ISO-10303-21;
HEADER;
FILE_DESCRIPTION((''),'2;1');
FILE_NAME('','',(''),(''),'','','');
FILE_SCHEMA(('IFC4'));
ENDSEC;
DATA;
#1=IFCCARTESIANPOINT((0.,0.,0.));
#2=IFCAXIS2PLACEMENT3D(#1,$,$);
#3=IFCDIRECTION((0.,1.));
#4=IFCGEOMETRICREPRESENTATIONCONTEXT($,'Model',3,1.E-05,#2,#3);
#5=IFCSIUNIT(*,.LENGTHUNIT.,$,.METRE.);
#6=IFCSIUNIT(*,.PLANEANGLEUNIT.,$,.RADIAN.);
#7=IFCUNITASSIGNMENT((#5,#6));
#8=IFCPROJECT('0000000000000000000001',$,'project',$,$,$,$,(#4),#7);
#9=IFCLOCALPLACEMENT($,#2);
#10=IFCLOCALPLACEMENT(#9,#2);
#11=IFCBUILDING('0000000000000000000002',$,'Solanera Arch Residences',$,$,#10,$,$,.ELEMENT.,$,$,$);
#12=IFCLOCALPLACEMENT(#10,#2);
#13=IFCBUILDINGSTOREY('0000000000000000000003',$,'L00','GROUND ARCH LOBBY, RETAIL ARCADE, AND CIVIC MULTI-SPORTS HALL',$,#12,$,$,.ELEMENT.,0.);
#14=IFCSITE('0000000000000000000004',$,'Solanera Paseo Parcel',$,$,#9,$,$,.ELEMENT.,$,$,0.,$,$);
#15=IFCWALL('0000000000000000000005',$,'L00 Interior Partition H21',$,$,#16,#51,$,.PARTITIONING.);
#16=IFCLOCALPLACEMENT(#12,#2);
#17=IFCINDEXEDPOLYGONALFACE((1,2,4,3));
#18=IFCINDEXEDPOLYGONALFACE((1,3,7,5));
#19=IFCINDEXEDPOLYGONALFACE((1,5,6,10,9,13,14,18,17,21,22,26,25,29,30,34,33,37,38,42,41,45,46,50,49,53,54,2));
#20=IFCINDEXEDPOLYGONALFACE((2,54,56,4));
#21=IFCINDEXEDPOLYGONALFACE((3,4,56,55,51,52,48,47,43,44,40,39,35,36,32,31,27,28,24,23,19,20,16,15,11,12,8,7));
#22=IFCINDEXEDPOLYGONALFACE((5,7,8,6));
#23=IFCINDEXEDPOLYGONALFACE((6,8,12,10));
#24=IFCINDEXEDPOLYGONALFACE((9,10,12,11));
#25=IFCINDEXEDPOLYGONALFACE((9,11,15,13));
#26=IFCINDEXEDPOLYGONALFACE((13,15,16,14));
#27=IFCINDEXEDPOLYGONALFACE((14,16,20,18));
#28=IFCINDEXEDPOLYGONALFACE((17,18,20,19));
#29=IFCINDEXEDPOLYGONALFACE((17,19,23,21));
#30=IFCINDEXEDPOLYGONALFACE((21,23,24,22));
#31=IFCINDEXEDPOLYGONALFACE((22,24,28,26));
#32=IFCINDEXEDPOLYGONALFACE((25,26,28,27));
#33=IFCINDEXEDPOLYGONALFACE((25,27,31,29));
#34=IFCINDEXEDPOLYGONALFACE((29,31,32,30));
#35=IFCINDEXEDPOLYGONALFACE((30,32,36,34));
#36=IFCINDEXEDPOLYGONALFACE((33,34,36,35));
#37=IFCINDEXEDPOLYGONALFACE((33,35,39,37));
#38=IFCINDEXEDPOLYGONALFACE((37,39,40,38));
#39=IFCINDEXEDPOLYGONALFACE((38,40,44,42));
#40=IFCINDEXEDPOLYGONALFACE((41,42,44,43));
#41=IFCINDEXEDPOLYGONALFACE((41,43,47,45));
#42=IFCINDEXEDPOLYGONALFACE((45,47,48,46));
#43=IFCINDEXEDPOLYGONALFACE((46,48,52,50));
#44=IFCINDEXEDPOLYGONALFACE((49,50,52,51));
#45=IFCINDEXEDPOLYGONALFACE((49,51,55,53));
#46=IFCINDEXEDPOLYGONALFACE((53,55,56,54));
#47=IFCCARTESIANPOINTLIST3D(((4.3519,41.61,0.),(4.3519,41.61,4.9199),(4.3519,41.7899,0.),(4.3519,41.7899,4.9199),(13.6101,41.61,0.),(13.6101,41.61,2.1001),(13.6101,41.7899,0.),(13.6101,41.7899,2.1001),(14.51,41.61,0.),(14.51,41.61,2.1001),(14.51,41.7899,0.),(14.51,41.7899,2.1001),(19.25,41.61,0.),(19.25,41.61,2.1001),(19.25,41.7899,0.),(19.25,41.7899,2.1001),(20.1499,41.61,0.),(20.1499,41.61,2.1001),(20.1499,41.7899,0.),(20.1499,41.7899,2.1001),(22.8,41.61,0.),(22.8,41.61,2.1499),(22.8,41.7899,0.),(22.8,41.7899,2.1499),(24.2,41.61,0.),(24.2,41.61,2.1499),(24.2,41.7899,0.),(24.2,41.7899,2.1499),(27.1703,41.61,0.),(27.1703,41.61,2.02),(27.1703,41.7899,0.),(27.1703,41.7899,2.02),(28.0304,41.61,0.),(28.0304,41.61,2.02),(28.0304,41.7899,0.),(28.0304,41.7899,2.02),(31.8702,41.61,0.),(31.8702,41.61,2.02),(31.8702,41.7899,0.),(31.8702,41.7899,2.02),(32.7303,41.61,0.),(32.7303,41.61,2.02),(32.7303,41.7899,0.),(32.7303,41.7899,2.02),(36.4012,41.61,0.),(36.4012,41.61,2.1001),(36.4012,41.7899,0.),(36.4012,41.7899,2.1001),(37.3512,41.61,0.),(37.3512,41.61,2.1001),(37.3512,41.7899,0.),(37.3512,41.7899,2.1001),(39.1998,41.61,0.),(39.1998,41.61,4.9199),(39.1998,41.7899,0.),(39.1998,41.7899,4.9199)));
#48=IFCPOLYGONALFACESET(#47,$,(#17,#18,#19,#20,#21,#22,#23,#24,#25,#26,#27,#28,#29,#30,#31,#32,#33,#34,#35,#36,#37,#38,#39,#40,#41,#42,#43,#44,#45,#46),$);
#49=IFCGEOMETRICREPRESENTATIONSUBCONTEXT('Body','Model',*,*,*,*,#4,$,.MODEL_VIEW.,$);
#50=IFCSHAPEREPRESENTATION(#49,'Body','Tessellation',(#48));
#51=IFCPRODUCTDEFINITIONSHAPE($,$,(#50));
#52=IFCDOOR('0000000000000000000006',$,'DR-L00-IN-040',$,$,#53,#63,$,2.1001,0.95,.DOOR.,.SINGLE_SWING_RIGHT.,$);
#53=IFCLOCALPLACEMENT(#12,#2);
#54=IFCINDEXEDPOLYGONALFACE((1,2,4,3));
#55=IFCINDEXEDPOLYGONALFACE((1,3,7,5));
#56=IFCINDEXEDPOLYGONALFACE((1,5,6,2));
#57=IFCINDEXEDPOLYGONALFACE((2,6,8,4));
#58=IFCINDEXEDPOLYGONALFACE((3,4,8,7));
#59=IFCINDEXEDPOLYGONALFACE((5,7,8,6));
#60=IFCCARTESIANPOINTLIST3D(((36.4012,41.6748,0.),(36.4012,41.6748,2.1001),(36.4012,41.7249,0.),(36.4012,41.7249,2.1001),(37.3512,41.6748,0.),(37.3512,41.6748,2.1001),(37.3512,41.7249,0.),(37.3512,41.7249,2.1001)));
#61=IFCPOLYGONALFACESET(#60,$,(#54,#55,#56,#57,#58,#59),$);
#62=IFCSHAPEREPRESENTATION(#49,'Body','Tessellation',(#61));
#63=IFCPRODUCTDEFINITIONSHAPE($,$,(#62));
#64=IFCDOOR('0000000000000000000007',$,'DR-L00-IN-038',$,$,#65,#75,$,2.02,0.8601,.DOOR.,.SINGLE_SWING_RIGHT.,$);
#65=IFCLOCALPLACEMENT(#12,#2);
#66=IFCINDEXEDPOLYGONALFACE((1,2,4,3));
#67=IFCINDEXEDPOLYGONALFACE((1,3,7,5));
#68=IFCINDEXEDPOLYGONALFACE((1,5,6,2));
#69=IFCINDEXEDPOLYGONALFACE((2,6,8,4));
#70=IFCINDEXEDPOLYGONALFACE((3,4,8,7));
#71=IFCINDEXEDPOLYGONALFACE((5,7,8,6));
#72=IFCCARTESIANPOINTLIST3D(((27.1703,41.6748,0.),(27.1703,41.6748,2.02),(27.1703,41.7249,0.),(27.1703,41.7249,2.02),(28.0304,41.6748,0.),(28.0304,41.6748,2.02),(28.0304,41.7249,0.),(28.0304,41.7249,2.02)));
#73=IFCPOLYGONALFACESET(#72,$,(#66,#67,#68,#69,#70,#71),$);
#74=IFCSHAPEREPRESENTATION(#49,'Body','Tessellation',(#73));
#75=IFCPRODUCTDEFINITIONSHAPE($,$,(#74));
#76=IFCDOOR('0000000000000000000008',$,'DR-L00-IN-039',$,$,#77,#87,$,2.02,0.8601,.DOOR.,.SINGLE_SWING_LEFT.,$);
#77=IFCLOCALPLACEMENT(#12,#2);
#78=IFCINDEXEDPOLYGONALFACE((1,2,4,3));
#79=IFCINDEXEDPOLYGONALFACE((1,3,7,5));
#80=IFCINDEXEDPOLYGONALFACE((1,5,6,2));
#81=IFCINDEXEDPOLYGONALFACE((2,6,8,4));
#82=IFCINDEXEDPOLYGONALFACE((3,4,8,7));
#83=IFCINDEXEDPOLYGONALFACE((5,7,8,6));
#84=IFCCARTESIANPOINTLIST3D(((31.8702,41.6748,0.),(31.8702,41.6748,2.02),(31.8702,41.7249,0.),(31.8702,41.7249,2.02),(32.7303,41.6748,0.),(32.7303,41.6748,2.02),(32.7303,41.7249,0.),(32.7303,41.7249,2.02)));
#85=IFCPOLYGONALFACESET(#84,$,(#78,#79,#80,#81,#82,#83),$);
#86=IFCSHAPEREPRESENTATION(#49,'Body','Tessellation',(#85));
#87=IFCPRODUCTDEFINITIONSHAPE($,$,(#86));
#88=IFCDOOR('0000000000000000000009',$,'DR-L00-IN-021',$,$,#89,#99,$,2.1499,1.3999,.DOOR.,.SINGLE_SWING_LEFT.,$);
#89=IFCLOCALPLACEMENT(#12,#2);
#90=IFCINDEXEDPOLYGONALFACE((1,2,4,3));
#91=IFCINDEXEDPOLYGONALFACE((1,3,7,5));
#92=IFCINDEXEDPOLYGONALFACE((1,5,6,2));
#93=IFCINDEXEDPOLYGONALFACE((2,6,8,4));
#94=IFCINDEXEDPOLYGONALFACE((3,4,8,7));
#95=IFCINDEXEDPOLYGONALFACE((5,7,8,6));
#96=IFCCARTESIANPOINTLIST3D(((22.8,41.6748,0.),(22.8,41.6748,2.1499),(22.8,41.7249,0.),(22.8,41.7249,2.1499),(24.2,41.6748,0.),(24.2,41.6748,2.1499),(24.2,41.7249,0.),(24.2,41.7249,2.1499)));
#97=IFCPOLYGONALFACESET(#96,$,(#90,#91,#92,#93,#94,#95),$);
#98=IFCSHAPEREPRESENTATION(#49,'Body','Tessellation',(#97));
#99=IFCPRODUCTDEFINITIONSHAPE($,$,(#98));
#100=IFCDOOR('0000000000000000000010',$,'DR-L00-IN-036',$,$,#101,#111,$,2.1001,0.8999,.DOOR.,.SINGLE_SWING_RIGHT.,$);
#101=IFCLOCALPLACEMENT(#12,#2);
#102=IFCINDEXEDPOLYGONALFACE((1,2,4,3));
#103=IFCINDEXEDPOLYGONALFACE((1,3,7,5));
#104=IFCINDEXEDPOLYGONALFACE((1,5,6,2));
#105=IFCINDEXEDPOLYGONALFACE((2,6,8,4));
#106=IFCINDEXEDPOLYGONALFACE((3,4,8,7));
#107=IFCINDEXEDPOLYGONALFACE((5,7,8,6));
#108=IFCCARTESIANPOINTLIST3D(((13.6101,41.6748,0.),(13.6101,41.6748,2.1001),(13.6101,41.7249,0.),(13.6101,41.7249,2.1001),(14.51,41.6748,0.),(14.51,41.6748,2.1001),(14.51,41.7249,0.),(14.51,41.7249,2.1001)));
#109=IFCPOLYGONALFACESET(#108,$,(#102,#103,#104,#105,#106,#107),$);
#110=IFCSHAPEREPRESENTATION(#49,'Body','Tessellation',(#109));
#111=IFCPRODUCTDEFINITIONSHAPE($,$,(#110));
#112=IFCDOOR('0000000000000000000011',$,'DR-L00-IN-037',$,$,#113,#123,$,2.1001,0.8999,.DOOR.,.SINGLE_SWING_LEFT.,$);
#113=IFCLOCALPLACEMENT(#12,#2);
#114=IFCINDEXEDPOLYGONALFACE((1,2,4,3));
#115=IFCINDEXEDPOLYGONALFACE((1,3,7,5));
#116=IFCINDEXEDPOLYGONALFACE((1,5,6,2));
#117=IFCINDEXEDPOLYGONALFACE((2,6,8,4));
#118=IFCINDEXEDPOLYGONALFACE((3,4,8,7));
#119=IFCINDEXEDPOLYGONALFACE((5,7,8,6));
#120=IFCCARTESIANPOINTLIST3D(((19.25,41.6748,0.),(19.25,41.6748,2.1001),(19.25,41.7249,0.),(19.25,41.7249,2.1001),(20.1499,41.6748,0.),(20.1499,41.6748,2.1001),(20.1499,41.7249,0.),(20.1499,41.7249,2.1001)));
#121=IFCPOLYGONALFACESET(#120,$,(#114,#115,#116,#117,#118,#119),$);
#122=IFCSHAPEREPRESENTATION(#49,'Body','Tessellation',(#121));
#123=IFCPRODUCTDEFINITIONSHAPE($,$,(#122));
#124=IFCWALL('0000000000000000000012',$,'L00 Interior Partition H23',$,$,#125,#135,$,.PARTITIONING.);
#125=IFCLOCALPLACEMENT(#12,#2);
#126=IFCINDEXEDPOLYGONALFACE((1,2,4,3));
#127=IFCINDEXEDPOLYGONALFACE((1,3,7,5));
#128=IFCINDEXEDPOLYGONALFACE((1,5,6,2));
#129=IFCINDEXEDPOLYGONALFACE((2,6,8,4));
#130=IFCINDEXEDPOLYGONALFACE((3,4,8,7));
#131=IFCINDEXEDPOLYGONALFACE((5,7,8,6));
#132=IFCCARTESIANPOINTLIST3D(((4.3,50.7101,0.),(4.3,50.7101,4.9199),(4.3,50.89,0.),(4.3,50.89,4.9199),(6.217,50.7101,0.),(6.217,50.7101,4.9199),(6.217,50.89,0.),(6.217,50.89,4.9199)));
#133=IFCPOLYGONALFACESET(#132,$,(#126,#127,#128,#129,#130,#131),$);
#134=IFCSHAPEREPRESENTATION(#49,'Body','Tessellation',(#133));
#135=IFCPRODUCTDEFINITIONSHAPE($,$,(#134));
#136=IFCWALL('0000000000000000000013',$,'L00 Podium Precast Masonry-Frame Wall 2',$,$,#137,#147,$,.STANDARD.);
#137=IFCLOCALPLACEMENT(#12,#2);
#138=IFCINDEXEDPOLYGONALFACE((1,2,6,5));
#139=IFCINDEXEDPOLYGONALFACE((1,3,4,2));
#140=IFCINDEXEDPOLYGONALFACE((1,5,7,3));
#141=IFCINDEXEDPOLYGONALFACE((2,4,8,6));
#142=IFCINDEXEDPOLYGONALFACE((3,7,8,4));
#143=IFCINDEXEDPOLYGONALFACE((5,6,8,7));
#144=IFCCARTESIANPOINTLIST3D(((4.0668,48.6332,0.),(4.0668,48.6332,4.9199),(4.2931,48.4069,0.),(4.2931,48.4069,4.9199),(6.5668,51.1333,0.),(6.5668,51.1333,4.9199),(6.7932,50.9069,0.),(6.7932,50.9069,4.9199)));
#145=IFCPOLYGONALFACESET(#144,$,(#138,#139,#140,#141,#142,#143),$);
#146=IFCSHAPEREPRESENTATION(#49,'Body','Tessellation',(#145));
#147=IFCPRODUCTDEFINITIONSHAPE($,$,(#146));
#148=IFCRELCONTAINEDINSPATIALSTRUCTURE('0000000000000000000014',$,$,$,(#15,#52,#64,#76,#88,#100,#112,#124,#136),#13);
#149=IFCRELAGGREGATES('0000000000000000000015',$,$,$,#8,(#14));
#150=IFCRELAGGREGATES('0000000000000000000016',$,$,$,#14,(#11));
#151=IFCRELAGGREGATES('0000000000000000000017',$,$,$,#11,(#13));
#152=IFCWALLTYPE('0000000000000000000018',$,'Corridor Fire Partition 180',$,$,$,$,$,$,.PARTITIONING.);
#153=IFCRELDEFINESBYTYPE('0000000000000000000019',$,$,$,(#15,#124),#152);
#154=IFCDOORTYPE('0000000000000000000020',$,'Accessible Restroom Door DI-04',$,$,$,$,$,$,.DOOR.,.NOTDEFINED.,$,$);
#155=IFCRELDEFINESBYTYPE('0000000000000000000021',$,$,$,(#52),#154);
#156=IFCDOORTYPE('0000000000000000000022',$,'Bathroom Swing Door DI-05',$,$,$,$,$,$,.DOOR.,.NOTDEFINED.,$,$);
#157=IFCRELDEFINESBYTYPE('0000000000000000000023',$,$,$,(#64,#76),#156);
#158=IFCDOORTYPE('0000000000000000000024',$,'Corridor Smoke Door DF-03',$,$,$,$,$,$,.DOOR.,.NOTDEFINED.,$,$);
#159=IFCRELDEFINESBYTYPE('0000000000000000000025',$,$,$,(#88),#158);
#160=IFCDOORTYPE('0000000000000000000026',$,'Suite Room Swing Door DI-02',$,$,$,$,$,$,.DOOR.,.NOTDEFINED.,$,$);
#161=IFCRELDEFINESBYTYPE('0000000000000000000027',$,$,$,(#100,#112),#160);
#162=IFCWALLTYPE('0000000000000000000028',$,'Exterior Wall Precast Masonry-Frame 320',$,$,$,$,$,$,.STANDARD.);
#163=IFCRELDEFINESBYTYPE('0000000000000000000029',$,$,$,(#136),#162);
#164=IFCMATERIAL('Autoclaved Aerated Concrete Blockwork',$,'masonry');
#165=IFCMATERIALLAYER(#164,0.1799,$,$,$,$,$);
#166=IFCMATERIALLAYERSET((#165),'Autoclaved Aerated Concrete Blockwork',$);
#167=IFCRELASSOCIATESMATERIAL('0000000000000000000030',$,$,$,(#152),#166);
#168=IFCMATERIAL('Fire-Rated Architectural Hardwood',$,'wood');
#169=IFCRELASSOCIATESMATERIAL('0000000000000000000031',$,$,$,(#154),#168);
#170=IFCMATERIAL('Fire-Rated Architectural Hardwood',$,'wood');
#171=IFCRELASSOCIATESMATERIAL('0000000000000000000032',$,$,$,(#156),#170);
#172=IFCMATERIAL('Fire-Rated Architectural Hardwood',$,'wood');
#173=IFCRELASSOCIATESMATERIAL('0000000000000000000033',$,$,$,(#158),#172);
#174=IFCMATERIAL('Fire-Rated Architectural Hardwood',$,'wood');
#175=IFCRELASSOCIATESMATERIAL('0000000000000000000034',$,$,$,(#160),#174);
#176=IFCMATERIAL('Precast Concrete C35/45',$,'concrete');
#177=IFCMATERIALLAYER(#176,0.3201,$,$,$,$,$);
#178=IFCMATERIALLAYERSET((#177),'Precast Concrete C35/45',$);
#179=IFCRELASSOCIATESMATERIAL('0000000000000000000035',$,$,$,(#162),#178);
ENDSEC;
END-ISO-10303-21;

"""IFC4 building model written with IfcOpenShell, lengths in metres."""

from ifc_helpers import new_model, si_unit, direction, frame, frame_2d, origin, place, context, subcontext, project, spatial, rectangle, extrude, material, layer, layer_set, type_object, element, fill, save


model = new_model("IFC4")

# Units and contexts
model_context = context("Model", 3, precision=1e-05, world=origin(), true_north=direction((0.0, 1.0)))
body_context = subcontext(model_context, "Body", "Model", "MODEL_VIEW")
ifc_project = project(units=[si_unit("LENGTHUNIT", "METRE"), si_unit("PLANEANGLEUNIT", "RADIAN")], contexts=[model_context])

# Site, building, storey
site_placement = place(None, origin())
site = spatial("IfcSite", under=ifc_project, at=site_placement, Name="Solanera Paseo Parcel", CompositionType="ELEMENT", RefElevation=0.0)
building_placement = place(site_placement, origin())
building = spatial("IfcBuilding", under=site, at=building_placement, Name="Solanera Arch Residences", CompositionType="ELEMENT")
storey_placement = place(building_placement, origin())
storey = spatial("IfcBuildingStorey", under=building, at=storey_placement, Name="L00", Description="GROUND ARCH LOBBY, RETAIL ARCADE, AND CIVIC MULTI-SPORTS HALL", CompositionType="ELEMENT", Elevation=0.0)

# Wall, openings, doors
ifc_material_1 = material(Name="Autoclaved Aerated Concrete Blockwork", Category="masonry")
ifc_layer_1 = layer(ifc_material_1, 0.1799)
ifc_layer_set_1 = layer_set([ifc_layer_1], Name="Autoclaved Aerated Concrete Blockwork")
wall_type_1 = type_object("IfcWallType", Name="Corridor Fire Partition 180", PredefinedType="PARTITIONING", material=ifc_layer_set_1)
wall_1_placement = place(storey_placement, frame((4.3521, 41.7, 0.0), z_axis=(0.0, 0.0, 1.0), x_axis=(1.0, 0.0, 0.0)))
wall_1 = element("IfcWall", 1, at=wall_1_placement, inside=storey, type_object=wall_type_1, Name="L00 Interior Partition H21", PredefinedType="PARTITIONING", context=body_context, shape_type="SweptSolid", body=[
    extrude(rectangle(XDim=34.8479, YDim=0.1799, at=frame_2d((17.4238, 0.0))), origin(), (0.0, 0.0, 1.0), 4.9199),
])
opening_1_placement = place(wall_1_placement, frame((18.448, 0.0, 0.0)))
opening_1 = element("IfcOpeningElement", 2, at=opening_1_placement, cuts=wall_1, PredefinedType="OPENING", context=body_context, shape_type="SweptSolid", body=[
    extrude(rectangle(XDim=1.3999, YDim=2.1499, at=frame_2d((0.7, 1.075))), frame((0.0, 0.1001, 0.0), z_axis=(0.0, -1.0, 0.0), x_axis=(1.0, 0.0, 0.0)), (0.0, 0.0, 1.0), 0.1999),
])
opening_2_placement = place(wall_1_placement, frame((9.2581, 0.0, 0.0)))
opening_2 = element("IfcOpeningElement", 3, at=opening_2_placement, cuts=wall_1, PredefinedType="OPENING", context=body_context, shape_type="SweptSolid", body=[
    extrude(rectangle(XDim=0.8999, YDim=2.1001, at=frame_2d((0.45, 1.05))), frame((0.0, 0.1001, 0.0), z_axis=(0.0, -1.0, 0.0), x_axis=(1.0, 0.0, 0.0)), (0.0, 0.0, 1.0), 0.1999),
])
opening_3_placement = place(wall_1_placement, frame((14.8979, 0.0, 0.0)))
opening_3 = element("IfcOpeningElement", 4, at=opening_3_placement, cuts=wall_1, PredefinedType="OPENING", context=body_context, shape_type="SweptSolid", body=[
    extrude(rectangle(XDim=0.8999, YDim=2.1001, at=frame_2d((0.45, 1.05))), frame((0.0, 0.1001, 0.0), z_axis=(0.0, -1.0, 0.0), x_axis=(1.0, 0.0, 0.0)), (0.0, 0.0, 1.0), 0.1999),
])
opening_4_placement = place(wall_1_placement, frame((22.8181, 0.0, 0.0)))
opening_4 = element("IfcOpeningElement", 5, at=opening_4_placement, cuts=wall_1, PredefinedType="OPENING", context=body_context, shape_type="SweptSolid", body=[
    extrude(rectangle(XDim=0.8601, YDim=2.02, at=frame_2d((0.4302, 1.01))), frame((0.0, 0.1001, 0.0), z_axis=(0.0, -1.0, 0.0), x_axis=(1.0, 0.0, 0.0)), (0.0, 0.0, 1.0), 0.1999),
])
opening_5_placement = place(wall_1_placement, frame((27.5181, 0.0, 0.0)))
opening_5 = element("IfcOpeningElement", 6, at=opening_5_placement, cuts=wall_1, PredefinedType="OPENING", context=body_context, shape_type="SweptSolid", body=[
    extrude(rectangle(XDim=0.8601, YDim=2.02, at=frame_2d((0.4302, 1.01))), frame((0.0, 0.1001, 0.0), z_axis=(0.0, -1.0, 0.0), x_axis=(1.0, 0.0, 0.0)), (0.0, 0.0, 1.0), 0.1999),
])
opening_6_placement = place(wall_1_placement, frame((32.0491, 0.0, 0.0)))
opening_6 = element("IfcOpeningElement", 7, at=opening_6_placement, cuts=wall_1, PredefinedType="OPENING", context=body_context, shape_type="SweptSolid", body=[
    extrude(rectangle(XDim=0.95, YDim=2.1001, at=frame_2d((0.4751, 1.05))), frame((0.0, 0.1001, 0.0), z_axis=(0.0, -1.0, 0.0), x_axis=(1.0, 0.0, 0.0)), (0.0, 0.0, 1.0), 0.1999),
])
ifc_material_2 = material(Name="Fire-Rated Architectural Hardwood", Category="wood")
door_type_1 = type_object("IfcDoorType", Name="Accessible Restroom Door DI-04", OperationType="NOTDEFINED", PredefinedType="DOOR", material=ifc_material_2)
door_1_placement = place(opening_6_placement, origin())
door_1 = element("IfcDoor", 8, at=door_1_placement, inside=storey, type_object=door_type_1, Name="DR-L00-IN-040", OperationType="SINGLE_SWING_RIGHT", OverallHeight=2.1001, OverallWidth=0.95, PredefinedType="DOOR", context=body_context, shape_type="SweptSolid", body=[
    extrude(rectangle(XDim=0.95, YDim=2.1001, at=frame_2d((0.4751, 1.05))), frame((0.0, 0.0249, 0.0), z_axis=(0.0, -1.0, 0.0), x_axis=(1.0, 0.0, 0.0)), (0.0, 0.0, 1.0), 0.05),
])
fill(opening_6, door_1)
ifc_material_3 = material(Name="Fire-Rated Architectural Hardwood", Category="wood")
door_type_2 = type_object("IfcDoorType", Name="Bathroom Swing Door DI-05", OperationType="NOTDEFINED", PredefinedType="DOOR", material=ifc_material_3)
door_2_placement = place(opening_4_placement, origin())
door_2 = element("IfcDoor", 9, at=door_2_placement, inside=storey, type_object=door_type_2, Name="DR-L00-IN-038", OperationType="SINGLE_SWING_RIGHT", OverallHeight=2.02, OverallWidth=0.8601, PredefinedType="DOOR", context=body_context, shape_type="SweptSolid", body=[
    extrude(rectangle(XDim=0.8601, YDim=2.02, at=frame_2d((0.4302, 1.01))), frame((0.0, 0.0249, 0.0), z_axis=(0.0, -1.0, 0.0), x_axis=(1.0, 0.0, 0.0)), (0.0, 0.0, 1.0), 0.05),
])
fill(opening_4, door_2)
door_3_placement = place(opening_5_placement, origin())
door_3 = element("IfcDoor", 10, at=door_3_placement, inside=storey, type_object=door_type_2, Name="DR-L00-IN-039", OperationType="SINGLE_SWING_LEFT", OverallHeight=2.02, OverallWidth=0.8601, PredefinedType="DOOR", context=body_context, shape_type="SweptSolid", body=[
    extrude(rectangle(XDim=0.8601, YDim=2.02, at=frame_2d((0.4302, 1.01))), frame((0.0, 0.0249, 0.0), z_axis=(0.0, -1.0, 0.0), x_axis=(1.0, 0.0, 0.0)), (0.0, 0.0, 1.0), 0.05),
])
fill(opening_5, door_3)
ifc_material_4 = material(Name="Fire-Rated Architectural Hardwood", Category="wood")
door_type_3 = type_object("IfcDoorType", Name="Corridor Smoke Door DF-03", OperationType="NOTDEFINED", PredefinedType="DOOR", material=ifc_material_4)
door_4_placement = place(opening_1_placement, origin())
door_4 = element("IfcDoor", 11, at=door_4_placement, inside=storey, type_object=door_type_3, Name="DR-L00-IN-021", OperationType="SINGLE_SWING_LEFT", OverallHeight=2.1499, OverallWidth=1.3999, PredefinedType="DOOR", context=body_context, shape_type="SweptSolid", body=[
    extrude(rectangle(XDim=1.3999, YDim=2.1499, at=frame_2d((0.7, 1.075))), frame((0.0, 0.0249, 0.0), z_axis=(0.0, -1.0, 0.0), x_axis=(1.0, 0.0, 0.0)), (0.0, 0.0, 1.0), 0.05),
])
fill(opening_1, door_4)
ifc_material_5 = material(Name="Fire-Rated Architectural Hardwood", Category="wood")
door_type_4 = type_object("IfcDoorType", Name="Suite Room Swing Door DI-02", OperationType="NOTDEFINED", PredefinedType="DOOR", material=ifc_material_5)
door_5_placement = place(opening_2_placement, origin())
door_5 = element("IfcDoor", 12, at=door_5_placement, inside=storey, type_object=door_type_4, Name="DR-L00-IN-036", OperationType="SINGLE_SWING_RIGHT", OverallHeight=2.1001, OverallWidth=0.8999, PredefinedType="DOOR", context=body_context, shape_type="SweptSolid", body=[
    extrude(rectangle(XDim=0.8999, YDim=2.1001, at=frame_2d((0.45, 1.05))), frame((0.0, 0.0249, 0.0), z_axis=(0.0, -1.0, 0.0), x_axis=(1.0, 0.0, 0.0)), (0.0, 0.0, 1.0), 0.05),
])
fill(opening_2, door_5)
door_6_placement = place(opening_3_placement, origin())
door_6 = element("IfcDoor", 13, at=door_6_placement, inside=storey, type_object=door_type_4, Name="DR-L00-IN-037", OperationType="SINGLE_SWING_LEFT", OverallHeight=2.1001, OverallWidth=0.8999, PredefinedType="DOOR", context=body_context, shape_type="SweptSolid", body=[
    extrude(rectangle(XDim=0.8999, YDim=2.1001, at=frame_2d((0.45, 1.05))), frame((0.0, 0.0249, 0.0), z_axis=(0.0, -1.0, 0.0), x_axis=(1.0, 0.0, 0.0)), (0.0, 0.0, 1.0), 0.05),
])
fill(opening_3, door_6)

# Walls
wall_2_placement = place(storey_placement, frame((4.3, 50.8, 0.0), z_axis=(0.0, 0.0, 1.0), x_axis=(1.0, 0.0, 0.0)))
element("IfcWall", 14, at=wall_2_placement, inside=storey, type_object=wall_type_1, Name="L00 Interior Partition H23", PredefinedType="PARTITIONING", context=body_context, shape_type="SweptSolid", body=[
    extrude(rectangle(XDim=1.917, YDim=0.1799, at=frame_2d((0.9585, 0.0))), origin(), (0.0, 0.0, 1.0), 4.9199),
])
ifc_material_6 = material(Name="Precast Concrete C35/45", Category="concrete")
ifc_layer_2 = layer(ifc_material_6, 0.3201)
ifc_layer_set_2 = layer_set([ifc_layer_2], Name="Precast Concrete C35/45")
wall_type_2 = type_object("IfcWallType", Name="Exterior Wall Precast Masonry-Frame 320", PredefinedType="STANDARD", material=ifc_layer_set_2)
wall_3_placement = place(storey_placement, frame((4.1799, 48.52, 0.0), z_axis=(0.0, 0.0, 1.0), x_axis=(0.707107, 0.707107, 0.0)))
element("IfcWall", 15, at=wall_3_placement, inside=storey, type_object=wall_type_2, Name="L00 Podium Precast Masonry-Frame Wall 2", PredefinedType="STANDARD", context=body_context, shape_type="SweptSolid", body=[
    extrude(rectangle(XDim=3.5356, YDim=0.3201, at=frame_2d((1.7678, 0.0))), origin(), (0.0, 0.0, 1.0), 4.9199),
])

save(model, "model.ifc")
